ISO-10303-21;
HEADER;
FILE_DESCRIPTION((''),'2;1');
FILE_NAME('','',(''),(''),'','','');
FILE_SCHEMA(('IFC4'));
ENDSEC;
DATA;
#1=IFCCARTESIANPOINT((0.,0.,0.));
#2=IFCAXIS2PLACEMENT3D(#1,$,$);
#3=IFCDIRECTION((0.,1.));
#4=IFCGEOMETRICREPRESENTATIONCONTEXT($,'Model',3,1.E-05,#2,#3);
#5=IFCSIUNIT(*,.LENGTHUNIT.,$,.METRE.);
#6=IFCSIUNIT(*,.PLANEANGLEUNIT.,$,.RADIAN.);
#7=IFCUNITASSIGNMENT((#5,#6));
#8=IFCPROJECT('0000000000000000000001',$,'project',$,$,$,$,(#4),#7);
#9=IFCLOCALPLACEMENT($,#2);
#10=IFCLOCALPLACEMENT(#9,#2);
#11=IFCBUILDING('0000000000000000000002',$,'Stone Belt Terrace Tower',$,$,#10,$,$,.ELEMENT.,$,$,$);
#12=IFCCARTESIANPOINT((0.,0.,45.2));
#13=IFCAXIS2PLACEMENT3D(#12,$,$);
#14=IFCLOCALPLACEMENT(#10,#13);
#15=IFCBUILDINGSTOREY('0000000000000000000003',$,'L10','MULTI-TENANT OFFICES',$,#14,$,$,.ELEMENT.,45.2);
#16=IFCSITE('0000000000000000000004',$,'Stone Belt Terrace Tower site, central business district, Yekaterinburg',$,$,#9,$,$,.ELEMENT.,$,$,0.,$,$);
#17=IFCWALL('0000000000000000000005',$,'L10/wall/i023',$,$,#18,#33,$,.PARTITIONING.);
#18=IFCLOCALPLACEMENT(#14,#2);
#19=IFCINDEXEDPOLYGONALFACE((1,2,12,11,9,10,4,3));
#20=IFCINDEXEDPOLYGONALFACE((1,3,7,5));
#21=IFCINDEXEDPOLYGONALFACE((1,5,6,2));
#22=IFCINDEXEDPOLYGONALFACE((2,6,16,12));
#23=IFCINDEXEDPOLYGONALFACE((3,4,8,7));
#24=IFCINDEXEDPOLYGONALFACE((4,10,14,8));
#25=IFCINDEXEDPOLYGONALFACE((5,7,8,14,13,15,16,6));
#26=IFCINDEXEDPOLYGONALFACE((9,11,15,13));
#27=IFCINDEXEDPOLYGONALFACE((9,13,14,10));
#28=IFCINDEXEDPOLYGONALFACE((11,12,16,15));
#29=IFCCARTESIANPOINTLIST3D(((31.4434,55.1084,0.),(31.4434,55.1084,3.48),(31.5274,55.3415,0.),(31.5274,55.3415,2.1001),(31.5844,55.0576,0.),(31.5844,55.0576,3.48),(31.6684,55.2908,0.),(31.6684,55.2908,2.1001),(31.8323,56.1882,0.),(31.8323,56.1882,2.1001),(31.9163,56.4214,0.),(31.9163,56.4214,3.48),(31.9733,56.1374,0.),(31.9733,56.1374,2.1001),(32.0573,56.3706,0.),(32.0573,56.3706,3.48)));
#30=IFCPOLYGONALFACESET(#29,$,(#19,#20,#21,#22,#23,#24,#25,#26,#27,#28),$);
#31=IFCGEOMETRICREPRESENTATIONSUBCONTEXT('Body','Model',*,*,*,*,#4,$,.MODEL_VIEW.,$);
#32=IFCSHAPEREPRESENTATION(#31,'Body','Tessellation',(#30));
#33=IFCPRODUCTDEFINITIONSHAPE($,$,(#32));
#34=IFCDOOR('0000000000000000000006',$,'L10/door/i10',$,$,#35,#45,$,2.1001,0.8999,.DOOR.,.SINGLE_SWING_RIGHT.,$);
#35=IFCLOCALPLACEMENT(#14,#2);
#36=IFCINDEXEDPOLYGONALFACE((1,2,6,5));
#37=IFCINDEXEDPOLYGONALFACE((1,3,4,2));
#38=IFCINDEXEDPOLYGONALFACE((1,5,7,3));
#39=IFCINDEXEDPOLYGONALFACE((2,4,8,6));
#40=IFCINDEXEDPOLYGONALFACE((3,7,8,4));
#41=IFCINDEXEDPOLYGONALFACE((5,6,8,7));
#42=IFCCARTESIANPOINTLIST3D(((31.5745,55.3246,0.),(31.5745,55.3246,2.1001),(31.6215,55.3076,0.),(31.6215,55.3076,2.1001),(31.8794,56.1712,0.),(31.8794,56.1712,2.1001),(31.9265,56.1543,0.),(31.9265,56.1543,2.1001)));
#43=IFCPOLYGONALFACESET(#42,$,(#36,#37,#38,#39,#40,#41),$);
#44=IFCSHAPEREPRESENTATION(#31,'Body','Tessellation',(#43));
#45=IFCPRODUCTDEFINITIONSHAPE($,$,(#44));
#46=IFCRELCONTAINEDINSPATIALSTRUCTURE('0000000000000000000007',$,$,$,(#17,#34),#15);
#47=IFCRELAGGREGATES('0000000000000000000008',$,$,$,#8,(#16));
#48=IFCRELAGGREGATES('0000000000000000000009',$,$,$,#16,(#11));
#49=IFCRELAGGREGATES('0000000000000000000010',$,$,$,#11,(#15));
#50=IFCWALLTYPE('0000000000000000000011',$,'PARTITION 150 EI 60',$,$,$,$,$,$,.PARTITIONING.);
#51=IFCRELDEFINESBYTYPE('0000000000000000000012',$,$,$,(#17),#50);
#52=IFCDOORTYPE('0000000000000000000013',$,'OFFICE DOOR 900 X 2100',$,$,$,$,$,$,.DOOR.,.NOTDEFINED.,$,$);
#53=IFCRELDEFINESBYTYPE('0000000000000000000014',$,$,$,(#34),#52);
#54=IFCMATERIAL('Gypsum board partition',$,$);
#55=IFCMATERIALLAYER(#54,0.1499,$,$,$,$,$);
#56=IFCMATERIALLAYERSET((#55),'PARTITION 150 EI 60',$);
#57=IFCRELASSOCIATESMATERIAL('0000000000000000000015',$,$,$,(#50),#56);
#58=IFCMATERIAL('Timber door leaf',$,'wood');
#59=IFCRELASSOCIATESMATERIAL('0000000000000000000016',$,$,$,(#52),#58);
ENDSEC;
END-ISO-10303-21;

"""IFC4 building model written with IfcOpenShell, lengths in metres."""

from ifc_helpers import new_model, si_unit, direction, frame, frame_2d, origin, place, context, subcontext, project, spatial, rectangle, extrude, material, layer, layer_set, type_object, element, fill, save


model = new_model("IFC4")

# Units and contexts
model_context = context("Model", 3, precision=1e-05, world=origin(), true_north=direction((0.0, 1.0)))
body_context = subcontext(model_context, "Body", "Model", "MODEL_VIEW")
ifc_project = project(units=[si_unit("LENGTHUNIT", "METRE"), si_unit("PLANEANGLEUNIT", "RADIAN")], contexts=[model_context])

# Site, building, storey
site_placement = place(None, origin())
site = spatial("IfcSite", under=ifc_project, at=site_placement, Name="Stone Belt Terrace Tower site, central business district, Yekaterinburg", CompositionType="ELEMENT", RefElevation=0.0)
building_placement = place(site_placement, origin())
building = spatial("IfcBuilding", under=site, at=building_placement, Name="Stone Belt Terrace Tower", CompositionType="ELEMENT")
storey_placement = place(building_placement, frame((0.0, 0.0, 45.2)))
storey = spatial("IfcBuildingStorey", under=building, at=storey_placement, Name="L10", Description="MULTI-TENANT OFFICES", CompositionType="ELEMENT", Elevation=45.2)

# Shared definitions
ifc_material_1 = material(Name="Timber door leaf", Category="wood")

# Wall, opening, door
ifc_material_2 = material(Name="Gypsum board partition")
ifc_layer_1 = layer(ifc_material_2, 0.1499)
ifc_layer_set_1 = layer_set([ifc_layer_1], Name="PARTITION 150 EI 60")
wall_type_1 = type_object("IfcWallType", Name="PARTITION 150 EI 60", PredefinedType="PARTITIONING", material=ifc_layer_set_1)
wall_1_placement = place(storey_placement, frame((31.5139, 55.083, 0.0), z_axis=(0.0, 0.0, 1.0), x_axis=(0.338862, 0.940836, 0.0)))
wall_1 = element("IfcWall", 1, at=wall_1_placement, inside=storey, type_object=wall_type_1, Name="L10/wall/i023", PredefinedType="PARTITIONING", context=body_context, shape_type="SweptSolid", body=[
    extrude(rectangle(XDim=1.3955, YDim=0.1499, at=frame_2d((0.6978, 0.0))), origin(), (0.0, 0.0, 1.0), 3.48),
])
opening_1_placement = place(wall_1_placement, frame((0.2478, 0.0, 0.0)))
opening_1 = element("IfcOpeningElement", 2, at=opening_1_placement, cuts=wall_1, PredefinedType="OPENING", context=body_context, shape_type="SweptSolid", body=[
    extrude(rectangle(XDim=0.8999, YDim=2.1001, at=frame_2d((0.45, 1.05))), frame((0.0, 0.085, 0.0), z_axis=(0.0, -1.0, 0.0), x_axis=(1.0, 0.0, 0.0)), (0.0, 0.0, 1.0), 0.1699),
])
door_type_1 = type_object("IfcDoorType", Name="OFFICE DOOR 900 X 2100", OperationType="NOTDEFINED", PredefinedType="DOOR", material=ifc_material_1)
door_1_placement = place(opening_1_placement, origin())
door_1 = element("IfcDoor", 3, at=door_1_placement, inside=storey, type_object=door_type_1, Name="L10/door/i10", OperationType="SINGLE_SWING_RIGHT", OverallHeight=2.1001, OverallWidth=0.8999, PredefinedType="DOOR", context=body_context, shape_type="SweptSolid", body=[
    extrude(rectangle(XDim=0.8999, YDim=2.1001, at=frame_2d((0.45, 1.05))), frame((0.0, 0.0249, 0.0), z_axis=(0.0, -1.0, 0.0), x_axis=(1.0, 0.0, 0.0)), (0.0, 0.0, 1.0), 0.05),
])
fill(opening_1, door_1)

save(model, "model.ifc")
